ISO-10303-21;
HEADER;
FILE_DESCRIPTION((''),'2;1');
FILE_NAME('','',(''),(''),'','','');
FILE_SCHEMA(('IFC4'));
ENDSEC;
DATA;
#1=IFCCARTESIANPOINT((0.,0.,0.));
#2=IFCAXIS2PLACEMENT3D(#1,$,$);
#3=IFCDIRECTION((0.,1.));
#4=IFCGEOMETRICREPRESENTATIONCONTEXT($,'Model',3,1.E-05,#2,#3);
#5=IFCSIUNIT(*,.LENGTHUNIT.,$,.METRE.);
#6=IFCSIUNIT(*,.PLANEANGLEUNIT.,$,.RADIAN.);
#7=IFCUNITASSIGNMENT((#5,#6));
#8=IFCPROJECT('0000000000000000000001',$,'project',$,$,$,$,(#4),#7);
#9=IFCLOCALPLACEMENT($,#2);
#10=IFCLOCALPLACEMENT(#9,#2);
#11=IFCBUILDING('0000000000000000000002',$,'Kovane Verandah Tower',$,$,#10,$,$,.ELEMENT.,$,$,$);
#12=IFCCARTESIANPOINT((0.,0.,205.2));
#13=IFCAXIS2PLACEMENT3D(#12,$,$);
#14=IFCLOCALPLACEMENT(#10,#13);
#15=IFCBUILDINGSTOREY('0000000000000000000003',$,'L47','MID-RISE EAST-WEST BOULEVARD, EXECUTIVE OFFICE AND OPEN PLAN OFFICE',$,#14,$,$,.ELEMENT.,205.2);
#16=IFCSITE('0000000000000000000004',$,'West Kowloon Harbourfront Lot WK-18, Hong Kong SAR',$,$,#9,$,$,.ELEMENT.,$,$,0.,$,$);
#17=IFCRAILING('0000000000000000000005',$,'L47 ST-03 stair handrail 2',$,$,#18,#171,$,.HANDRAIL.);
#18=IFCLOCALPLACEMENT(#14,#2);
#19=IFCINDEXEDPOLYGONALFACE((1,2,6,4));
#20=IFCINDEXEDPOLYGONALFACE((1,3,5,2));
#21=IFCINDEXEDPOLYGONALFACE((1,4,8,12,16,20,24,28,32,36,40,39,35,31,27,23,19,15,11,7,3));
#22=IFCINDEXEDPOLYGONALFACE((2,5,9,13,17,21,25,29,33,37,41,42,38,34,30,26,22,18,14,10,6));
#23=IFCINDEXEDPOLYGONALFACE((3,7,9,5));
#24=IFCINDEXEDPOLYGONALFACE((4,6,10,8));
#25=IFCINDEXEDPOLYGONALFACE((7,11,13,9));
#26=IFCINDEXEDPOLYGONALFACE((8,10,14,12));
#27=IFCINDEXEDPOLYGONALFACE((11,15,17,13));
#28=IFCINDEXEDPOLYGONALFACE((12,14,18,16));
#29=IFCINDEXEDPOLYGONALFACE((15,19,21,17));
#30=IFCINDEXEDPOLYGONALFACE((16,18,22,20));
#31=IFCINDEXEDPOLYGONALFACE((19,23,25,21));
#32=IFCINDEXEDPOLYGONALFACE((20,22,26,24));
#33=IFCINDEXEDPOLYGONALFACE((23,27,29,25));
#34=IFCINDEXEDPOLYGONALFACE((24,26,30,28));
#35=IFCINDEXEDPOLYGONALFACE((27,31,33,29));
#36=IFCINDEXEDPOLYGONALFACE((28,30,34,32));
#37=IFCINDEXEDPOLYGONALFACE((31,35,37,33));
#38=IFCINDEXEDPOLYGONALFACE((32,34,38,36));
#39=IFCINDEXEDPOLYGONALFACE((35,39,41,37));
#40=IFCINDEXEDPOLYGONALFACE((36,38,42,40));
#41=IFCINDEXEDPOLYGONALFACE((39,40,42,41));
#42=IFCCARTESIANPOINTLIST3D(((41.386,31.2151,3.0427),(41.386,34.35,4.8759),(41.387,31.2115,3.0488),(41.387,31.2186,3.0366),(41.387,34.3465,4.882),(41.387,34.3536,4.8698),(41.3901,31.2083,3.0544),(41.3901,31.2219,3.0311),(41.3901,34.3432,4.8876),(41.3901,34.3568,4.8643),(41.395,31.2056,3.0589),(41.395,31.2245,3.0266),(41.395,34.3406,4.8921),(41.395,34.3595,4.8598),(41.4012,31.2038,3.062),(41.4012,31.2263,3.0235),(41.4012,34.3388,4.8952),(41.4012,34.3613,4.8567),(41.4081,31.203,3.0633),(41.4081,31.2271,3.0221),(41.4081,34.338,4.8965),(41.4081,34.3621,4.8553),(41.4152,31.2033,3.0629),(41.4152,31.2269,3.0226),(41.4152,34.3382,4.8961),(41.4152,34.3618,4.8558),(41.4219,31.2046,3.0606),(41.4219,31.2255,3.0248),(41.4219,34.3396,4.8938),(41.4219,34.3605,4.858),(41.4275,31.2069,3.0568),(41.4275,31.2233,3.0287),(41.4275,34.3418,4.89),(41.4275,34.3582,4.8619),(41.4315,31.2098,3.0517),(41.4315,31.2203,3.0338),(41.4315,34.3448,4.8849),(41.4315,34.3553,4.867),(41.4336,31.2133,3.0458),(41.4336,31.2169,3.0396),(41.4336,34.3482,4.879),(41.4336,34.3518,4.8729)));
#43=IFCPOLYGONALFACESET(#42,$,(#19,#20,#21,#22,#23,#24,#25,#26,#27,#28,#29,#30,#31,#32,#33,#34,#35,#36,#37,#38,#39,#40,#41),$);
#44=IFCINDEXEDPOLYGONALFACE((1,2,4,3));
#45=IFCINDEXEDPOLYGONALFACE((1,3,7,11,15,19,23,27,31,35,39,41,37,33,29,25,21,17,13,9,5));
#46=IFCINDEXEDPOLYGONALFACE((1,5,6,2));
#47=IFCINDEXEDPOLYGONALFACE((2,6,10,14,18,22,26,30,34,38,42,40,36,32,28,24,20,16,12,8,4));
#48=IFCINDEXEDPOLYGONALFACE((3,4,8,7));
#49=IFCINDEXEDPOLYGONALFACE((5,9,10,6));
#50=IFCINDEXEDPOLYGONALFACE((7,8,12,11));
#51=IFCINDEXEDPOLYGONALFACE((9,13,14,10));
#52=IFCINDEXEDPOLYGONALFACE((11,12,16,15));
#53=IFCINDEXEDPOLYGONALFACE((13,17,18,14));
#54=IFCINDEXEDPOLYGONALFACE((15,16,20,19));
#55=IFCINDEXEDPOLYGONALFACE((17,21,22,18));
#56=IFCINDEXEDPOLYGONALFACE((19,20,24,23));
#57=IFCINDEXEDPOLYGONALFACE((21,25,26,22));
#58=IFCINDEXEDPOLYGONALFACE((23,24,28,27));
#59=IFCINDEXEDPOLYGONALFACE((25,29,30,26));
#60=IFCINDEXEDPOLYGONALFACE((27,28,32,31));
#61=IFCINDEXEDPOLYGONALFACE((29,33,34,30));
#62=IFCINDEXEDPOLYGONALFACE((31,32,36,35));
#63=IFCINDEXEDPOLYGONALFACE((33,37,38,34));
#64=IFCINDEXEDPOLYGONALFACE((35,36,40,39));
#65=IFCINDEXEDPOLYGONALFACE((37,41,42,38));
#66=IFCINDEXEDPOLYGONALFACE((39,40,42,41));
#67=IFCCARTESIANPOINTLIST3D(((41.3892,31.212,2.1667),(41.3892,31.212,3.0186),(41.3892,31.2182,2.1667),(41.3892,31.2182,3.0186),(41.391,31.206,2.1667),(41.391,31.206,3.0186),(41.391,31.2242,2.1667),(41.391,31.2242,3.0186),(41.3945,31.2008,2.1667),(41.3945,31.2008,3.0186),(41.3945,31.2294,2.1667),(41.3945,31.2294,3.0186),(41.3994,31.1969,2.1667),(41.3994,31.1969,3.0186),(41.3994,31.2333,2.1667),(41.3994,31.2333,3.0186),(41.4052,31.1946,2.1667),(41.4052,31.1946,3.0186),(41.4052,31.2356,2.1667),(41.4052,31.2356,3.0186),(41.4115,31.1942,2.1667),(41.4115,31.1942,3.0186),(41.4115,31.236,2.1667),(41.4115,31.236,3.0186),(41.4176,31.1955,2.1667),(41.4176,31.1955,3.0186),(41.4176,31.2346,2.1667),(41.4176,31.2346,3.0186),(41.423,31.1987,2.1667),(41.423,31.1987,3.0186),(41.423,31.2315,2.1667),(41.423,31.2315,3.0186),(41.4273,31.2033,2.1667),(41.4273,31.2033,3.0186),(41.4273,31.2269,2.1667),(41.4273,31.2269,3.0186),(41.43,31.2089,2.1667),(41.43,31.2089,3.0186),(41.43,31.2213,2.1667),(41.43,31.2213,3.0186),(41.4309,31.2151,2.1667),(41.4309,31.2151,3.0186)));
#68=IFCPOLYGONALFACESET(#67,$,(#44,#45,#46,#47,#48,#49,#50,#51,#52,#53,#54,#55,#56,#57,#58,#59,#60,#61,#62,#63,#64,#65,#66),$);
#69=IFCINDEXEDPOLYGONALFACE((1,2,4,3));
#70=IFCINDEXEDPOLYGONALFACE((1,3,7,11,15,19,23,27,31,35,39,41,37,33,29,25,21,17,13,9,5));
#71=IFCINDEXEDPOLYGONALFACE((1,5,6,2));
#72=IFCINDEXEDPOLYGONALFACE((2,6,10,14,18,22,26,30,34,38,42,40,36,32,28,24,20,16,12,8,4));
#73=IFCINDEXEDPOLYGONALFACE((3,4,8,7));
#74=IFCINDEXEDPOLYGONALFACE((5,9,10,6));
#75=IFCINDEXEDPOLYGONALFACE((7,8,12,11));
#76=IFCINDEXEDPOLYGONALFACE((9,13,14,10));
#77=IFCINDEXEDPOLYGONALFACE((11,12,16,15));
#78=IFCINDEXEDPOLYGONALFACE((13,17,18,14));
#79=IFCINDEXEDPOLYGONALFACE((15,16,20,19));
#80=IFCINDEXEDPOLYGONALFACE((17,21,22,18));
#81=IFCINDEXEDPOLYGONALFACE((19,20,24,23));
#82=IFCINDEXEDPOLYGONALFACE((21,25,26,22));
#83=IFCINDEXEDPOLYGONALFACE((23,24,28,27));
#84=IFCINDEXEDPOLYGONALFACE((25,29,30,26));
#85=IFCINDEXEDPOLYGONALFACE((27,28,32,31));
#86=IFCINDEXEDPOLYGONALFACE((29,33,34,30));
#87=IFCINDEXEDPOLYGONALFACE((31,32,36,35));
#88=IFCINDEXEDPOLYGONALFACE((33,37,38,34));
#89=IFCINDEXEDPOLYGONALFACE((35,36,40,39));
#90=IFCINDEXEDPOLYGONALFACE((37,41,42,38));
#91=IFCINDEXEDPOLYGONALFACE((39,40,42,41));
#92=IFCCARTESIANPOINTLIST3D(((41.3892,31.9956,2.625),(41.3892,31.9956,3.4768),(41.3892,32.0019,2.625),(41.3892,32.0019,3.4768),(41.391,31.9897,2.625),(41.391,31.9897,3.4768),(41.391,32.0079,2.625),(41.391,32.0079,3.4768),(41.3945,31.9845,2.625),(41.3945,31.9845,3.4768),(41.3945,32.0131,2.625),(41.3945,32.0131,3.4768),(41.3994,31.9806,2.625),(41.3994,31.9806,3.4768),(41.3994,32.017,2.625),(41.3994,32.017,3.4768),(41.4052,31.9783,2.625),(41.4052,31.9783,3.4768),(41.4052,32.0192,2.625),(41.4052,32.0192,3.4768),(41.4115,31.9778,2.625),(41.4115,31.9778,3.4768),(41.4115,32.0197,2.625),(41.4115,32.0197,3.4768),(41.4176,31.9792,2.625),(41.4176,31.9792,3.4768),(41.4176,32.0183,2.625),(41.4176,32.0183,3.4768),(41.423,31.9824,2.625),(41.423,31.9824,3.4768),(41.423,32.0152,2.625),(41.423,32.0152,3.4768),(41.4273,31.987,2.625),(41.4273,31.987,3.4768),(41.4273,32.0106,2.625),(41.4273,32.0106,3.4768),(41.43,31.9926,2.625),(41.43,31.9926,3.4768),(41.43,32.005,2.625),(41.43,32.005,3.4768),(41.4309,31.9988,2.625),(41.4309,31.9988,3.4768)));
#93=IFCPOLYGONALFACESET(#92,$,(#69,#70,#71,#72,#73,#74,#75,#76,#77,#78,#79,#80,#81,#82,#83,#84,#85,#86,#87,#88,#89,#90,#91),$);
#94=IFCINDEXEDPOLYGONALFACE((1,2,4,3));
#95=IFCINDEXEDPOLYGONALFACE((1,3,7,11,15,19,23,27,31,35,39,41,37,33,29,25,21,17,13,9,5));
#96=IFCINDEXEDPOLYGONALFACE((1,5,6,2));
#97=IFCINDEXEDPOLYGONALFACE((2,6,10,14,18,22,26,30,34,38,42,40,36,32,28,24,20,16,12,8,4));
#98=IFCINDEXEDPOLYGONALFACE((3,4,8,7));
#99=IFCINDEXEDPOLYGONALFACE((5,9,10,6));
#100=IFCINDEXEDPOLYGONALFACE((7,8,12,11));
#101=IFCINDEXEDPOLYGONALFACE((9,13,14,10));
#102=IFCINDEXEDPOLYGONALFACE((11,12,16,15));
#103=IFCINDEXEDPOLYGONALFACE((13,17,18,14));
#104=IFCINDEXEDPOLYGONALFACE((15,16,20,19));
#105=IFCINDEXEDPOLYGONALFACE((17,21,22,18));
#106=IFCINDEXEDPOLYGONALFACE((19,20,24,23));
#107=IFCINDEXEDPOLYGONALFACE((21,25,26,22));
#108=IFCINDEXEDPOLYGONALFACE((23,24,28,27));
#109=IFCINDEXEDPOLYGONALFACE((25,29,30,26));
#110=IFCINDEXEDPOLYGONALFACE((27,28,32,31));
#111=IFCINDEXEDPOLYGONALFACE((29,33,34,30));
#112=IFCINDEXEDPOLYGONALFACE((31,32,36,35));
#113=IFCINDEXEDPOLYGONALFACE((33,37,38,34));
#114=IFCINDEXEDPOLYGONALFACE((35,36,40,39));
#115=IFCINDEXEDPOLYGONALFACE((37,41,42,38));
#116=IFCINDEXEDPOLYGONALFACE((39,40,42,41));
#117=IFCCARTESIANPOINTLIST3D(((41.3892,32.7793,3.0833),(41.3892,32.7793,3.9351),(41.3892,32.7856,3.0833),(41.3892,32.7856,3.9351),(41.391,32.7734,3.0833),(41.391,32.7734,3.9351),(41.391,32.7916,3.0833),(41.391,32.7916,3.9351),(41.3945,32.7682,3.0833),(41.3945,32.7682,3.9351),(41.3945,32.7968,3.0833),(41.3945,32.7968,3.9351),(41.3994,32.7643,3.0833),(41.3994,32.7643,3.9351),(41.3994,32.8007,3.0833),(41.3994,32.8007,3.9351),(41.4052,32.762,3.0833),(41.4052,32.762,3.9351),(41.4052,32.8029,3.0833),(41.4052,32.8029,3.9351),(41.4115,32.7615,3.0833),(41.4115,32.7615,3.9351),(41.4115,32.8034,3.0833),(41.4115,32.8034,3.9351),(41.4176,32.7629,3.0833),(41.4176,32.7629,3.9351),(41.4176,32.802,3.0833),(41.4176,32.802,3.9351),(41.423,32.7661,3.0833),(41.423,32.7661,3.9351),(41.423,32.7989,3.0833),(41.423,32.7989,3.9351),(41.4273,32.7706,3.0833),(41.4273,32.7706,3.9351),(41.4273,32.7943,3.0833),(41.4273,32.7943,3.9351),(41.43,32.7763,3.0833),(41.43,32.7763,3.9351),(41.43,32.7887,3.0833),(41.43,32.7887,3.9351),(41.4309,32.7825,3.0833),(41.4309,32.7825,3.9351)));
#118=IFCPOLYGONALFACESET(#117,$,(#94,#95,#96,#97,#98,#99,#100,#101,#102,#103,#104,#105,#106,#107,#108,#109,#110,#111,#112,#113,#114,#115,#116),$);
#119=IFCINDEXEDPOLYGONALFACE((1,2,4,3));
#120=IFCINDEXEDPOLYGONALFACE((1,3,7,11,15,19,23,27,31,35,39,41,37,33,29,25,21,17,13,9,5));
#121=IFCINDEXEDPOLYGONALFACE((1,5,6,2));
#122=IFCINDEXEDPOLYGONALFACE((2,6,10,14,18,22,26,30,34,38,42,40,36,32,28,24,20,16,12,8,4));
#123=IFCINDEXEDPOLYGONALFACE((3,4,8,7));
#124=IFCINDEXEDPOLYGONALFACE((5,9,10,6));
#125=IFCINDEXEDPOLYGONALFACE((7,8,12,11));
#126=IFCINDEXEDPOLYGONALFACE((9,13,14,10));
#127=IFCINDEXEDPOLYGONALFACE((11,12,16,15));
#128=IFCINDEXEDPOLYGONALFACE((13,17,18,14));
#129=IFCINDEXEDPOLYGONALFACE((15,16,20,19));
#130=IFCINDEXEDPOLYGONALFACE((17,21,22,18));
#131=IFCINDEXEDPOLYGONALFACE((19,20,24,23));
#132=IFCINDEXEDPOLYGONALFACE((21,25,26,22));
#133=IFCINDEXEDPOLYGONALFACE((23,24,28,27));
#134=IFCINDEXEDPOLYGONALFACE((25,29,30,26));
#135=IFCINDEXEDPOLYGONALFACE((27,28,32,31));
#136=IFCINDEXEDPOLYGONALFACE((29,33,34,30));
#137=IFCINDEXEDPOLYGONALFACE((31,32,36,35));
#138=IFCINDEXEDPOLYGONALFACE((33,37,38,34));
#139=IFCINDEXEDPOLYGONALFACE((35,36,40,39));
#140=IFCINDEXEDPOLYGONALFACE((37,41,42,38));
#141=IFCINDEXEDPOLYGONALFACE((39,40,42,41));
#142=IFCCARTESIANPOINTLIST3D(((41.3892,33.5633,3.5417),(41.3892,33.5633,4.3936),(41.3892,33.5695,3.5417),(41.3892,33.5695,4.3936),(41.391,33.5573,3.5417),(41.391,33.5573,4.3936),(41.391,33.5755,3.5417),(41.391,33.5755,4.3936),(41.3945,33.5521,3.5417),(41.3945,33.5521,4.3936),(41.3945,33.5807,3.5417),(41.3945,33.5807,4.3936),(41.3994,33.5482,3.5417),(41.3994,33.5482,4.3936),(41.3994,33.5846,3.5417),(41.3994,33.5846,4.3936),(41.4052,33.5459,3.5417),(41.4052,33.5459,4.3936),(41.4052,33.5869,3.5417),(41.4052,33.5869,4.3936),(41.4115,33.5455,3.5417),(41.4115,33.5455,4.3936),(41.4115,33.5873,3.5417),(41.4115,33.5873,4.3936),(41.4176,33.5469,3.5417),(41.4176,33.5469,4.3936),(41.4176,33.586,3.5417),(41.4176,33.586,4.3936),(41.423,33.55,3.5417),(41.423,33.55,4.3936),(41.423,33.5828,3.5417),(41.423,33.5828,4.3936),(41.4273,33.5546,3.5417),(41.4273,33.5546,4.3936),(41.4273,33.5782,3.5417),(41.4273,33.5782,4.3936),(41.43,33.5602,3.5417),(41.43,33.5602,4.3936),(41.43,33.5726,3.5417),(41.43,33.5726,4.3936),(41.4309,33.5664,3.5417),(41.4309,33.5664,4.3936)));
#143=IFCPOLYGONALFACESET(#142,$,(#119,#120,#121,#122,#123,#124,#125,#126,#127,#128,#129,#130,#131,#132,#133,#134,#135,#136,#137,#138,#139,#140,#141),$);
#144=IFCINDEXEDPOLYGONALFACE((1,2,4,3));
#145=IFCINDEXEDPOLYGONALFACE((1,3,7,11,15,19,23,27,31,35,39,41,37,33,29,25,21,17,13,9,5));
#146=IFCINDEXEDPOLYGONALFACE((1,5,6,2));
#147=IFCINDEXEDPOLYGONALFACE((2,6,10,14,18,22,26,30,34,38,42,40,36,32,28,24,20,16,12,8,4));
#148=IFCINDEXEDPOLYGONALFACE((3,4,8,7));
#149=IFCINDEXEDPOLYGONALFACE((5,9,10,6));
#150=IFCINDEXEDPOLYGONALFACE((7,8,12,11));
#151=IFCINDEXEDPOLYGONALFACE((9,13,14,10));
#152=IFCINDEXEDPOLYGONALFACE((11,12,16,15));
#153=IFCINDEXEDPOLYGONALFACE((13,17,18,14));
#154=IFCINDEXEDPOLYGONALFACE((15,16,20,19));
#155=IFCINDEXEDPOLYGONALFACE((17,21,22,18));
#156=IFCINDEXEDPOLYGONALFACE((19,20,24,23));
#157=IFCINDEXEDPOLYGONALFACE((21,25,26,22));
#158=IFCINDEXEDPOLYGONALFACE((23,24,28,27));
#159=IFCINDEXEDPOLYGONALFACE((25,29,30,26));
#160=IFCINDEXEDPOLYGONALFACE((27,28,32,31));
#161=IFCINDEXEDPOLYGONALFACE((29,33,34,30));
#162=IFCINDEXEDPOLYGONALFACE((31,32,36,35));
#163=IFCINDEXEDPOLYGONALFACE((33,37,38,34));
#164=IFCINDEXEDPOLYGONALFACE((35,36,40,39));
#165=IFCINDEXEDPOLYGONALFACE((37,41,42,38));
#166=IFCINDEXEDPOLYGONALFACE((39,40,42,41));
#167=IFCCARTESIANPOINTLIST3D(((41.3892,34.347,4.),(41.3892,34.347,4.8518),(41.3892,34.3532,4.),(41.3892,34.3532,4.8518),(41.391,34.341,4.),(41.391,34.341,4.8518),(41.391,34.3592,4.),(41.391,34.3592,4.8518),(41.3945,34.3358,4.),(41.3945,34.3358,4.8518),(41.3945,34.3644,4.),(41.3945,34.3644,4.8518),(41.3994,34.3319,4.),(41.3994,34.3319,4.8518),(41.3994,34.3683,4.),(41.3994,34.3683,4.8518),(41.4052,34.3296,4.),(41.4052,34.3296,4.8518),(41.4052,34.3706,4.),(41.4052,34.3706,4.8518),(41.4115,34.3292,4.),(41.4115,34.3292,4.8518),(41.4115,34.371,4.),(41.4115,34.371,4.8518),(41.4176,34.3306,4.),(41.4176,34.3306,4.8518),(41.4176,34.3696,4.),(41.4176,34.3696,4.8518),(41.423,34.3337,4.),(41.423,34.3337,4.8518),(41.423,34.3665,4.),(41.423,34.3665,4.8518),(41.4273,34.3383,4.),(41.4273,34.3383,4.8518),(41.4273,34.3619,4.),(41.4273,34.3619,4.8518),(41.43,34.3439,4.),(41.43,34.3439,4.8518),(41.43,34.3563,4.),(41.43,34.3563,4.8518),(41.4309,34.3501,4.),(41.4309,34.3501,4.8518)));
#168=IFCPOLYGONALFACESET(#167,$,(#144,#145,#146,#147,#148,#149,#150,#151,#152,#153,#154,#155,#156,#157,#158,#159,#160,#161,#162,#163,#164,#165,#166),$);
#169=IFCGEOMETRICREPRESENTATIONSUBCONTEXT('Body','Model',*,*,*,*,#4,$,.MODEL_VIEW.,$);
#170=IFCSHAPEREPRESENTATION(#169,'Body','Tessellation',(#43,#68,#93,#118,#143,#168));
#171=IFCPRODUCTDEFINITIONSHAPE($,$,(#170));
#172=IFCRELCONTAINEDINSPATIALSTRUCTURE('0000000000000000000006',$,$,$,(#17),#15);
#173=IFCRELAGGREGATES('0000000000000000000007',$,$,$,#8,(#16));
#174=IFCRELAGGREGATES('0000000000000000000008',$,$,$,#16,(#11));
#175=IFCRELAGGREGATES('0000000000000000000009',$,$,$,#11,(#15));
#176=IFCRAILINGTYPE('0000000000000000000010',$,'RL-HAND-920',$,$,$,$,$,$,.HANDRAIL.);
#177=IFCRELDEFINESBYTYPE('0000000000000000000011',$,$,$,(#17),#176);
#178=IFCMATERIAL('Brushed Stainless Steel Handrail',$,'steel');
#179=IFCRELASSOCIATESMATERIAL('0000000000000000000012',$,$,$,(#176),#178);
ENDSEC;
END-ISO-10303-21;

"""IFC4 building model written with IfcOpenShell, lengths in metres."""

from ifc_helpers import new_model, si_unit, direction, frame, origin, origin_2d, place, context, subcontext, project, spatial, circle, extrude, material, type_object, element, save


model = new_model("IFC4")

# Units and contexts
model_context = context("Model", 3, precision=1e-05, world=origin(), true_north=direction((0.0, 1.0)))
body_context = subcontext(model_context, "Body", "Model", "MODEL_VIEW")
ifc_project = project(units=[si_unit("LENGTHUNIT", "METRE"), si_unit("PLANEANGLEUNIT", "RADIAN")], contexts=[model_context])

# Site, building, storey
site_placement = place(None, origin())
site = spatial("IfcSite", under=ifc_project, at=site_placement, Name="West Kowloon Harbourfront Lot WK-18, Hong Kong SAR", CompositionType="ELEMENT", RefElevation=0.0)
building_placement = place(site_placement, origin())
building = spatial("IfcBuilding", under=site, at=building_placement, Name="Kovane Verandah Tower", CompositionType="ELEMENT")
storey_placement = place(building_placement, frame((0.0, 0.0, 205.2)))
storey = spatial("IfcBuildingStorey", under=building, at=storey_placement, Name="L47", Description="MID-RISE EAST-WEST BOULEVARD, EXECUTIVE OFFICE AND OPEN PLAN OFFICE", CompositionType="ELEMENT", Elevation=205.2)

# Railing
ifc_material_1 = material(Name="Brushed Stainless Steel Handrail", Category="steel")
railing_type_1 = type_object("IfcRailingType", Name="RL-HAND-920", PredefinedType="HANDRAIL", material=ifc_material_1)
railing_1_placement = place(storey_placement, frame((41.4099, 31.2151, 2.1667)))
element("IfcRailing", 1, at=railing_1_placement, inside=storey, type_object=railing_type_1, Name="L47 ST-03 stair handrail 2", PredefinedType="HANDRAIL", context=body_context, shape_type="SweptSolid", body=[
    extrude(circle(Radius=0.0239, at=origin_2d()), frame((0.0, 0.0, 0.876), z_axis=(0.0, 0.86324, 0.504794), x_axis=(-1.0, 0.0, 0.0)), (0.0, 0.0, 1.0), 3.6316),
    extrude(circle(Radius=0.021, at=origin_2d()), origin(), (0.0, 0.0, 1.0), 0.8518),
    extrude(circle(Radius=0.021, at=origin_2d()), frame((0.0, 0.7837, 0.4583)), (0.0, 0.0, 1.0), 0.8518),
    extrude(circle(Radius=0.021, at=origin_2d()), frame((0.0, 1.5674, 0.9165)), (0.0, 0.0, 1.0), 0.8518),
    extrude(circle(Radius=0.021, at=origin_2d()), frame((0.0, 2.3513, 1.375)), (0.0, 0.0, 1.0), 0.8518),
    extrude(circle(Radius=0.021, at=origin_2d()), frame((0.0, 3.135, 1.8333)), (0.0, 0.0, 1.0), 0.8518),
])

save(model, "model.ifc")
